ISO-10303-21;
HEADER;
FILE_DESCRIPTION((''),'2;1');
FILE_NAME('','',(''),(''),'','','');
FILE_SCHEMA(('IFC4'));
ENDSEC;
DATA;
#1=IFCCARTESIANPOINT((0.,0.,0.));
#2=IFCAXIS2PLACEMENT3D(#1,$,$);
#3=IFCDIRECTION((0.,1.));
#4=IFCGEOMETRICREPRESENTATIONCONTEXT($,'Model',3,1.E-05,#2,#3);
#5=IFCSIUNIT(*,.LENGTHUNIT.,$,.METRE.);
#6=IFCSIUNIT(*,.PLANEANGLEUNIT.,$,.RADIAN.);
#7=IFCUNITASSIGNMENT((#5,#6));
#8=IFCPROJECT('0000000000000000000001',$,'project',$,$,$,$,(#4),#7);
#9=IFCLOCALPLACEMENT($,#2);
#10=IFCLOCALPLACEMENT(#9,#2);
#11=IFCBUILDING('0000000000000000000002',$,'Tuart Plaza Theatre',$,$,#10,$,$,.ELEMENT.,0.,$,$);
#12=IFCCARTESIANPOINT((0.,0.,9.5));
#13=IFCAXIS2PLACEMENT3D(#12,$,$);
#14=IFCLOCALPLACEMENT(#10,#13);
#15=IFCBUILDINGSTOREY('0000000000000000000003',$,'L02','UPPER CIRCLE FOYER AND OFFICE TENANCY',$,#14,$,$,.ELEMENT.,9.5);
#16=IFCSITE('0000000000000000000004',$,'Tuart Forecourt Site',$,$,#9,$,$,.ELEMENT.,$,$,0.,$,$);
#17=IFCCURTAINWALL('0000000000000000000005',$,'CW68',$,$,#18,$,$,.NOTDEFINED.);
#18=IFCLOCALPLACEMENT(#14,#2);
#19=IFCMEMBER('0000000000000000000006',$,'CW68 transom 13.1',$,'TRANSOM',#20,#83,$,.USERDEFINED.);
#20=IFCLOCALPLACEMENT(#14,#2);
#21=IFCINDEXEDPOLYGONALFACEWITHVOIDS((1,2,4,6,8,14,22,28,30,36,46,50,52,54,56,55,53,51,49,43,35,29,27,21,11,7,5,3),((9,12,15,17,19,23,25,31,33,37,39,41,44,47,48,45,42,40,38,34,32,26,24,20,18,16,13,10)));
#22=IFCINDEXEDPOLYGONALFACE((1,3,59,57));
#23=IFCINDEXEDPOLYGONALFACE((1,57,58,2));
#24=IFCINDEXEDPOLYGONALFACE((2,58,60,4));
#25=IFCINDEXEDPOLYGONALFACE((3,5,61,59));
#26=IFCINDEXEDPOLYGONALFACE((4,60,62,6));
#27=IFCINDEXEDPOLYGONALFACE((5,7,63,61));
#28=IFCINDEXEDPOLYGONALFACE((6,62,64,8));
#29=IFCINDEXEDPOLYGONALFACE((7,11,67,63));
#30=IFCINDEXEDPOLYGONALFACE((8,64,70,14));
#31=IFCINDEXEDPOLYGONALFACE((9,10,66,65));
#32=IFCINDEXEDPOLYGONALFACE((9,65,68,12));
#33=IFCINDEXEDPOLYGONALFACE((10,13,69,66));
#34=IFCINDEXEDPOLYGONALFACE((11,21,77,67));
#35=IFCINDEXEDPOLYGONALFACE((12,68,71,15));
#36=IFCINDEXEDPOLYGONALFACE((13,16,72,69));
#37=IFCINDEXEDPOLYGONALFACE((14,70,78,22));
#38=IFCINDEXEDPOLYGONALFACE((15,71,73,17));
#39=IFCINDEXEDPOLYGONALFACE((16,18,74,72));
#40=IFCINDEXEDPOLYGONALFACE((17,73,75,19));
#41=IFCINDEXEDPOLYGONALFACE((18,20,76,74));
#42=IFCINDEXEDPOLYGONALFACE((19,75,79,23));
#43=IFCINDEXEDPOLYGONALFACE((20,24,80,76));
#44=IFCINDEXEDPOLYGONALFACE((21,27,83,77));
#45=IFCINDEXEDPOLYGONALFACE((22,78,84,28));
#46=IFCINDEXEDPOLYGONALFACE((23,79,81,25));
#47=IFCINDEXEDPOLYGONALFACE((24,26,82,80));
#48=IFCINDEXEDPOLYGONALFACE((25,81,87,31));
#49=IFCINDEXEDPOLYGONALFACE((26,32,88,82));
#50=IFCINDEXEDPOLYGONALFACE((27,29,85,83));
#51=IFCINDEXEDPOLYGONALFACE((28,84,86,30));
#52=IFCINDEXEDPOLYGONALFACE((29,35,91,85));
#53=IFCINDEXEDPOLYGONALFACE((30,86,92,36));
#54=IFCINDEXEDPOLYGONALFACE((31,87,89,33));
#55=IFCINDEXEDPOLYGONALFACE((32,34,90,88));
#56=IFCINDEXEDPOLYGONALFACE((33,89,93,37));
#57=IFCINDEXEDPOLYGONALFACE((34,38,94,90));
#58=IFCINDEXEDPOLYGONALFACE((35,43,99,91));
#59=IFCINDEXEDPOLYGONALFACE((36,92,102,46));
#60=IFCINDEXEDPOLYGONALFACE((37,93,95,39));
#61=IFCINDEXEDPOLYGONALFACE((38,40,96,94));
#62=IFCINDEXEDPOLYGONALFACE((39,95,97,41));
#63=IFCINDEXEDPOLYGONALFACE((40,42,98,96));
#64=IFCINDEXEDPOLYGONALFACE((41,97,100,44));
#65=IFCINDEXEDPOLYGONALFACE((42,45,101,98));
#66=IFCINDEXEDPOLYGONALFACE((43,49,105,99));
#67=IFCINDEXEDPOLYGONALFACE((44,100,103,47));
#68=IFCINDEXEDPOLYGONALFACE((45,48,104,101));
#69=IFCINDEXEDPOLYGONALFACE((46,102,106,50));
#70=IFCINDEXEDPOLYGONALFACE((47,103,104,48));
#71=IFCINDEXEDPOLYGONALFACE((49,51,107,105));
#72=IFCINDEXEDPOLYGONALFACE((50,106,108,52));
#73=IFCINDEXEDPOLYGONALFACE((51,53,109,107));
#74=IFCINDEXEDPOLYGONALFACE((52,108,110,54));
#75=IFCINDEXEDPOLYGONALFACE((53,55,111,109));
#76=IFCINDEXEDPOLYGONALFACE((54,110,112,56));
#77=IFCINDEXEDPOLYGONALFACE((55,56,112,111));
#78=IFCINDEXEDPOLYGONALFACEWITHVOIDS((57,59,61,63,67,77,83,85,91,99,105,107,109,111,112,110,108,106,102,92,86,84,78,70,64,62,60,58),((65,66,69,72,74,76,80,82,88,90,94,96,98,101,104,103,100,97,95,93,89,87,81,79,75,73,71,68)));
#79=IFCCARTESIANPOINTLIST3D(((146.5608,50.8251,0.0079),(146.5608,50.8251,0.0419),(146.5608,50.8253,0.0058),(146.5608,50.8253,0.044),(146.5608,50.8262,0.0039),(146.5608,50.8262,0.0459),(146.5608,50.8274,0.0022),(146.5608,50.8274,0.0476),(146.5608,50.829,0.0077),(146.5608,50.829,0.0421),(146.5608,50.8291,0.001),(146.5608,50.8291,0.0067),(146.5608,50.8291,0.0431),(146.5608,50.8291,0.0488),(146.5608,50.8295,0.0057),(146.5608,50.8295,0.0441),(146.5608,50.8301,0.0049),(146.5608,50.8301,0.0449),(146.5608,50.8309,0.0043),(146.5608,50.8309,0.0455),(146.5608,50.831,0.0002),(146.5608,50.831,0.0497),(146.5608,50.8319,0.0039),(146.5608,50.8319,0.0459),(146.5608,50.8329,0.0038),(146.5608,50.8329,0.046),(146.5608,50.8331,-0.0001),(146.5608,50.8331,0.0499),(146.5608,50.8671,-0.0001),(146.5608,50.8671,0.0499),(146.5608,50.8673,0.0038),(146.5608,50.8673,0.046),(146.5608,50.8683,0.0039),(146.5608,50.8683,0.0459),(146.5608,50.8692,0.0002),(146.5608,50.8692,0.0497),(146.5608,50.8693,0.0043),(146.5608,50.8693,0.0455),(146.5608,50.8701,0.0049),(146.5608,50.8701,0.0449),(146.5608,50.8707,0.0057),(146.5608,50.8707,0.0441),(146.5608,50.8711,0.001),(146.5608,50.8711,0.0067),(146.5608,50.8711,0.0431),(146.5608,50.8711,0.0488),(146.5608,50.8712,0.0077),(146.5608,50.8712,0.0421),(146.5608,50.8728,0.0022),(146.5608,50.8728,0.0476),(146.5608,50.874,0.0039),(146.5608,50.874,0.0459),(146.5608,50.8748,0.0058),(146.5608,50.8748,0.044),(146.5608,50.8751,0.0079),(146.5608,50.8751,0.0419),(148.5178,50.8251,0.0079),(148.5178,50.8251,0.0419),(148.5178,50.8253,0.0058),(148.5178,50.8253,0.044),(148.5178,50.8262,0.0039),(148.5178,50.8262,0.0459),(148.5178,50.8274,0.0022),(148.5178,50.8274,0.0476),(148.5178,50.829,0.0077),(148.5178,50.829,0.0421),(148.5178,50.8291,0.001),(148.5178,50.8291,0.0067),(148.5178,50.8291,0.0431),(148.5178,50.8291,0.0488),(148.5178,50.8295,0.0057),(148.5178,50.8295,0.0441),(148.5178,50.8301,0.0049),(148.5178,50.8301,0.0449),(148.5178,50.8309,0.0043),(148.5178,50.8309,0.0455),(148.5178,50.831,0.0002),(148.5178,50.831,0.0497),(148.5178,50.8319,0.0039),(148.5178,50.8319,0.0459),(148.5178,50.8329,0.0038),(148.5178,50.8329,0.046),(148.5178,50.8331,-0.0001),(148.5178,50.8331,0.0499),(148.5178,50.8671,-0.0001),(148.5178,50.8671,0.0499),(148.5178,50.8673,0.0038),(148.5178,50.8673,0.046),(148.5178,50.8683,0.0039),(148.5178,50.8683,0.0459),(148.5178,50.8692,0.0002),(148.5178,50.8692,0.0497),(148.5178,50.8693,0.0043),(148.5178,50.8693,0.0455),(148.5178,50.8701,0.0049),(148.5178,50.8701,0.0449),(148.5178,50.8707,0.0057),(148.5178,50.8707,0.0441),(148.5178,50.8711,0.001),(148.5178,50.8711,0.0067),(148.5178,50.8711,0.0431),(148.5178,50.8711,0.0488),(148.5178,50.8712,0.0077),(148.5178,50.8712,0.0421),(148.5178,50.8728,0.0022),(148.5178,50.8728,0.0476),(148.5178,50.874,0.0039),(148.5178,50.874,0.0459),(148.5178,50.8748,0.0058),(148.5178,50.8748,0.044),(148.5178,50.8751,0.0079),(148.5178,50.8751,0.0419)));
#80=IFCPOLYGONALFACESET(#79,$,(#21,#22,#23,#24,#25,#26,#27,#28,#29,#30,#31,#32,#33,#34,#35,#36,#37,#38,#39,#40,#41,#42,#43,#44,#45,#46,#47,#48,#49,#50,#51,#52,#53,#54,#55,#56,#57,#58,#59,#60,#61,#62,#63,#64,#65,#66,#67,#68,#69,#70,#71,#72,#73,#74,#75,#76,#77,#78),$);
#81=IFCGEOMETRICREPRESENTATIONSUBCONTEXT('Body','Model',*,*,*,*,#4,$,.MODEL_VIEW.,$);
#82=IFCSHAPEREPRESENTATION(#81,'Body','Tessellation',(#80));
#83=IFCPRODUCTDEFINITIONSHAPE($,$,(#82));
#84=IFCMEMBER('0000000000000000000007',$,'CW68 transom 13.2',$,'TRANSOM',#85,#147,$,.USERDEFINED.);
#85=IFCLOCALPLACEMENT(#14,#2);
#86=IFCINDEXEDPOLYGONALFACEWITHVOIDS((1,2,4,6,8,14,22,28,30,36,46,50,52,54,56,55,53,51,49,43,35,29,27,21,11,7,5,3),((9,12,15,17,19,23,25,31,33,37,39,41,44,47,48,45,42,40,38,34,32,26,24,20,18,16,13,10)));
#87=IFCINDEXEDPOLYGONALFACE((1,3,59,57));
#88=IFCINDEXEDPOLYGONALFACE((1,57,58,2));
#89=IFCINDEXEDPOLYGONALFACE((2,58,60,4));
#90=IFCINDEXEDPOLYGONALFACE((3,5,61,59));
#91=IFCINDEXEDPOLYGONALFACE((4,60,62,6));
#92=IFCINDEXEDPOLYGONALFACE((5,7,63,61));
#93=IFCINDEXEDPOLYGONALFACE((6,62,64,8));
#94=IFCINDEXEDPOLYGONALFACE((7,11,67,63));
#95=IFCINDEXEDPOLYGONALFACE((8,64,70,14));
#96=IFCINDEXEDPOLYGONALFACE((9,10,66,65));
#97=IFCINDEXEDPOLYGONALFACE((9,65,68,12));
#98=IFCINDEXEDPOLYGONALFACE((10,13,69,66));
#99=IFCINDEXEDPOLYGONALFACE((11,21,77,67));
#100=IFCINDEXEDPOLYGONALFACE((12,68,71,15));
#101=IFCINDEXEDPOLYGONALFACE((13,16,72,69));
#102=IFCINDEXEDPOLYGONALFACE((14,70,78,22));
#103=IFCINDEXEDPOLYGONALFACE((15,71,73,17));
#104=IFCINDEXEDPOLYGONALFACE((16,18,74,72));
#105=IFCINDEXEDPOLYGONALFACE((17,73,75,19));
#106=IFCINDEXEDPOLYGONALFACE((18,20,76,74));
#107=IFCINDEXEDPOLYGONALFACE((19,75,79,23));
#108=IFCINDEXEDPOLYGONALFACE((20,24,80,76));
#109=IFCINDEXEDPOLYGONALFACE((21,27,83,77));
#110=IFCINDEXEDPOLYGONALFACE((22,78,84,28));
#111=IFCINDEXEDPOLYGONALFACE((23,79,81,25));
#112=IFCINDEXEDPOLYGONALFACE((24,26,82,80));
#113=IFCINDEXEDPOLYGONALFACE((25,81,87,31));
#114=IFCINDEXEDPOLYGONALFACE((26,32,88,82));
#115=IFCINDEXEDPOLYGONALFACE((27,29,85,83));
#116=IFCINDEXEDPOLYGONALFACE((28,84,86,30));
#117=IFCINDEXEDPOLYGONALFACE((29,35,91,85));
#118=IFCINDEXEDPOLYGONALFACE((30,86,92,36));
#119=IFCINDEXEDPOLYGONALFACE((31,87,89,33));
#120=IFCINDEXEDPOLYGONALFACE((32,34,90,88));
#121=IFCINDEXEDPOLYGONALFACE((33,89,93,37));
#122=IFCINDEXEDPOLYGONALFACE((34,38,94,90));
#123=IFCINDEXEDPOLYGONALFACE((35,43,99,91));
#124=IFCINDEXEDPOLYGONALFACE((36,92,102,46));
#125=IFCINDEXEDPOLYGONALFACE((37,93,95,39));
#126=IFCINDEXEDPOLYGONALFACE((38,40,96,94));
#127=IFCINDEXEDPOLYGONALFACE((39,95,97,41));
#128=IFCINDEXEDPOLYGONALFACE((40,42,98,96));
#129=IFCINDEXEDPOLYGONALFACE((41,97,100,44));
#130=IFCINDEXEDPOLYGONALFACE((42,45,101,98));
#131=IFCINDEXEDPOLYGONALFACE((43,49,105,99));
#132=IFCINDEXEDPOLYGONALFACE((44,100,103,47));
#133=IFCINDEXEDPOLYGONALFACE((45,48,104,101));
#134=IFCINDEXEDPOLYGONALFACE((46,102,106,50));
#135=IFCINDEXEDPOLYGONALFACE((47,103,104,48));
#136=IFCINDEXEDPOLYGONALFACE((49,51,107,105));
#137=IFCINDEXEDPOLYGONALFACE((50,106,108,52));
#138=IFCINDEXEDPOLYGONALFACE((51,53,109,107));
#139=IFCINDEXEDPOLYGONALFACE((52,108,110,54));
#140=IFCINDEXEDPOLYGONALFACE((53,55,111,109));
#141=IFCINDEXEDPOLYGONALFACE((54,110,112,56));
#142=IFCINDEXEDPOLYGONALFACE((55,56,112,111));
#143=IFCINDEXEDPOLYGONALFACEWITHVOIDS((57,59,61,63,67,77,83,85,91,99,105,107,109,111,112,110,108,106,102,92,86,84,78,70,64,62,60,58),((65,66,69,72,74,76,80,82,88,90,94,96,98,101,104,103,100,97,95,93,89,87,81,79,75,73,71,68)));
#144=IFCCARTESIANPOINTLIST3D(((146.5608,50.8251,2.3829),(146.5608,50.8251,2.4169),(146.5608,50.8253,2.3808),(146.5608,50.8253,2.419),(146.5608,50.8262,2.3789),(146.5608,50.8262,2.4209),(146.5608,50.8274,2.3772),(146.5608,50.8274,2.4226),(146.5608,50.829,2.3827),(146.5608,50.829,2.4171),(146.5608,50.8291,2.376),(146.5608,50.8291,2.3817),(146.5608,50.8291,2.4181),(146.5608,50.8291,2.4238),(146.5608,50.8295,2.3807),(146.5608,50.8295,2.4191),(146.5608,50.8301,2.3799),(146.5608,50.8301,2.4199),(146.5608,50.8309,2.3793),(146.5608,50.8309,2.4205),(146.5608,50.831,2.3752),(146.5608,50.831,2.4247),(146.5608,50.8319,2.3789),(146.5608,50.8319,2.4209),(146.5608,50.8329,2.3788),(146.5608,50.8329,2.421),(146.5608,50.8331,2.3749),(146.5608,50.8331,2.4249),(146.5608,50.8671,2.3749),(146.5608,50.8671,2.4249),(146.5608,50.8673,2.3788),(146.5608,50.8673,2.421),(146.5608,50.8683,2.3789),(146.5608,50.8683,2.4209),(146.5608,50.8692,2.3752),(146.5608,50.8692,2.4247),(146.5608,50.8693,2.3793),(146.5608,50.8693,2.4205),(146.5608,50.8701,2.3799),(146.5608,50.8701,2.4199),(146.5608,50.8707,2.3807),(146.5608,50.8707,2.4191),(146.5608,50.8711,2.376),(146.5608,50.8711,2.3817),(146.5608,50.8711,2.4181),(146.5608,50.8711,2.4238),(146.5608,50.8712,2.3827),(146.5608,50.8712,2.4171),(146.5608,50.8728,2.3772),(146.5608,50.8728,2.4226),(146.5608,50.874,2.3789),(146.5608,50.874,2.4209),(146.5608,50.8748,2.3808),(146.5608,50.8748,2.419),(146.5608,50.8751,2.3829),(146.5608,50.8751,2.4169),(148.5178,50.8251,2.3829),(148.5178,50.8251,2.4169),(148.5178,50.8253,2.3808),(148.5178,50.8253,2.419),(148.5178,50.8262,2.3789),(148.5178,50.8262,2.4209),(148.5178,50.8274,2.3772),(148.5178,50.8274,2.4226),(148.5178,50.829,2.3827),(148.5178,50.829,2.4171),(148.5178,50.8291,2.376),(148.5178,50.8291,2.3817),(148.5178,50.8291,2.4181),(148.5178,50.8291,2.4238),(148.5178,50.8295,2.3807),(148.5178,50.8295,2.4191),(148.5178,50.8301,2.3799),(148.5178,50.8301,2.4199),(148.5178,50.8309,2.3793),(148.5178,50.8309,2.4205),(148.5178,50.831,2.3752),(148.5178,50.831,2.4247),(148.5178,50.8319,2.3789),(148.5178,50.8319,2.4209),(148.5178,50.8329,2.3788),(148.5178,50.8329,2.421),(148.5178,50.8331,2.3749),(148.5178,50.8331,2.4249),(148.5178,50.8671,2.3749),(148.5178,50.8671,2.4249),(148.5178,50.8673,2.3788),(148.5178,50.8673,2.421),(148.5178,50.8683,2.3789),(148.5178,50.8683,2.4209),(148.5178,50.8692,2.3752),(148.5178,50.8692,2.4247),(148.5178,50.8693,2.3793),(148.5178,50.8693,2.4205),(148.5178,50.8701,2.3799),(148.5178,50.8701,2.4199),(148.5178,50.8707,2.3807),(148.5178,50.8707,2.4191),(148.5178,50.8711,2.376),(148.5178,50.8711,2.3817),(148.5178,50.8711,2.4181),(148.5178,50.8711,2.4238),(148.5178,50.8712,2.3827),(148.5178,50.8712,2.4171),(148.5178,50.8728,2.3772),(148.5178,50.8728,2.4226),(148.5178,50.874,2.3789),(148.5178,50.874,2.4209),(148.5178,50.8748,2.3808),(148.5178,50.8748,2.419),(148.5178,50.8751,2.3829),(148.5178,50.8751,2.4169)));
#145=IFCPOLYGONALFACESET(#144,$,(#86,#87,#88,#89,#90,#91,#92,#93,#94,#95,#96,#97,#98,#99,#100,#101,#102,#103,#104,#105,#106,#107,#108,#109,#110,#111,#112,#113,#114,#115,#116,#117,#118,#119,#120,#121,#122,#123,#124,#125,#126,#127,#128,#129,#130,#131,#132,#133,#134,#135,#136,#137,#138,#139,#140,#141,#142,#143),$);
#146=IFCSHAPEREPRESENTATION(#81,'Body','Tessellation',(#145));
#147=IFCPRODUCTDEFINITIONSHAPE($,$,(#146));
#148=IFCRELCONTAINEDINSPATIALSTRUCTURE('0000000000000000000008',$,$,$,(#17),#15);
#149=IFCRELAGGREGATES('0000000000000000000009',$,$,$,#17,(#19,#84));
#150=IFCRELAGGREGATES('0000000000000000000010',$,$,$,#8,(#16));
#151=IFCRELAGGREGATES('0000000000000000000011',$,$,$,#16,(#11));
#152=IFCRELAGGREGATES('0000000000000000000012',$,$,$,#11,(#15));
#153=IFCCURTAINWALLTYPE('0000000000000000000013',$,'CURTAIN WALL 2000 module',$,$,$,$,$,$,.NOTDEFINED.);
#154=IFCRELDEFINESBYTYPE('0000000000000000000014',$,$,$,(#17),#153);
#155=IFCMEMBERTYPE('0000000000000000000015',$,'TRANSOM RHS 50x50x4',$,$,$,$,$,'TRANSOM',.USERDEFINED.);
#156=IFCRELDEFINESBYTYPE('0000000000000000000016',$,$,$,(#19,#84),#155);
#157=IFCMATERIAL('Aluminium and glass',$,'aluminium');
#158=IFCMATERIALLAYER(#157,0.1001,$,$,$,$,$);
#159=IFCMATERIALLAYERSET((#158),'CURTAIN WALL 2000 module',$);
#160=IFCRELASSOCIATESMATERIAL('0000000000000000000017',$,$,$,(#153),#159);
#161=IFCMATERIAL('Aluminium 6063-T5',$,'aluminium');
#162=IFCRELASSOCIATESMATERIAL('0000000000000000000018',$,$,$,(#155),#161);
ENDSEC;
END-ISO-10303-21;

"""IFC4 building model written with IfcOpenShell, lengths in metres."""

from ifc_helpers import new_model, si_unit, direction, frame, origin, origin_2d, place, context, subcontext, project, spatial, hollow_rectangle, extrude, material, layer, layer_set, material_profile, profile_set, type_object, element, aggregate, save


model = new_model("IFC4")

# Units and contexts
model_context = context("Model", 3, precision=1e-05, world=origin(), true_north=direction((0.0, 1.0)))
body_context = subcontext(model_context, "Body", "Model", "MODEL_VIEW")
ifc_project = project(units=[si_unit("LENGTHUNIT", "METRE"), si_unit("PLANEANGLEUNIT", "RADIAN")], contexts=[model_context])

# Site, building, storey
site_placement = place(None, origin())
site = spatial("IfcSite", under=ifc_project, at=site_placement, Name="Tuart Forecourt Site", CompositionType="ELEMENT", RefElevation=0.0)
building_placement = place(site_placement, origin())
building = spatial("IfcBuilding", under=site, at=building_placement, Name="Tuart Plaza Theatre", CompositionType="ELEMENT", ElevationOfRefHeight=0.0)
storey_placement = place(building_placement, frame((0.0, 0.0, 9.5)))
storey = spatial("IfcBuildingStorey", under=building, at=storey_placement, Name="L02", Description="UPPER CIRCLE FOYER AND OFFICE TENANCY", CompositionType="ELEMENT", Elevation=9.5)

# Curtain wall
ifc_material_1 = material(Name="Aluminium and glass", Category="aluminium")
ifc_layer_1 = layer(ifc_material_1, 0.1001)
ifc_layer_set_1 = layer_set([ifc_layer_1], Name="CURTAIN WALL 2000 module")
curtain_wall_type = type_object("IfcCurtainWallType", Name="CURTAIN WALL 2000 module", PredefinedType="NOTDEFINED", material=ifc_layer_set_1)
curtain_wall_1_placement = place(storey_placement, origin())
curtain_wall_1 = element("IfcCurtainWall", 1, at=curtain_wall_1_placement, inside=storey, type_object=curtain_wall_type, Name="CW68", PredefinedType="NOTDEFINED")

# Members
ifc_material_2 = material(Name="Aluminium 6063-T5", Category="aluminium")
ifc_material_profile_1 = material_profile(ifc_material_2, hollow_rectangle(XDim=0.05, YDim=0.05, WallThickness=0.0039, InnerFilletRadius=0.0039, OuterFilletRadius=0.0081, at=origin_2d()), Name="RHS 50x50x4")
ifc_profile_set_1 = profile_set([ifc_material_profile_1], Name="Aluminium 6063-T5")
member_type_1 = type_object("IfcMemberType", Name="TRANSOM RHS 50x50x4", ElementType="TRANSOM", PredefinedType="USERDEFINED", material=ifc_profile_set_1)
member_1_placement = place(storey_placement, frame((146.5608, 50.8501, 0.0249), z_axis=(1.0, 0.0, 0.0), x_axis=(0.0, 1.0, 0.0)))
member_1 = element("IfcMember", 2, at=member_1_placement, type_object=member_type_1, Name="CW68 transom 13.1", ObjectType="TRANSOM", PredefinedType="USERDEFINED", context=body_context, shape_type="SweptSolid", body=[
    extrude(hollow_rectangle(XDim=0.05, YDim=0.05, WallThickness=0.0039, InnerFilletRadius=0.0039, OuterFilletRadius=0.0081, at=origin_2d()), origin(), (0.0, 0.0, 1.0), 1.957),
])
member_2_placement = place(storey_placement, frame((146.5608, 50.8501, 2.3999), z_axis=(1.0, 0.0, 0.0), x_axis=(0.0, 1.0, 0.0)))
member_2 = element("IfcMember", 3, at=member_2_placement, type_object=member_type_1, Name="CW68 transom 13.2", ObjectType="TRANSOM", PredefinedType="USERDEFINED", context=body_context, shape_type="SweptSolid", body=[
    extrude(hollow_rectangle(XDim=0.05, YDim=0.05, WallThickness=0.0039, InnerFilletRadius=0.0039, OuterFilletRadius=0.0081, at=origin_2d()), origin(), (0.0, 0.0, 1.0), 1.957),
])

aggregate(curtain_wall_1, [member_1, member_2])

save(model, "model.ifc")
